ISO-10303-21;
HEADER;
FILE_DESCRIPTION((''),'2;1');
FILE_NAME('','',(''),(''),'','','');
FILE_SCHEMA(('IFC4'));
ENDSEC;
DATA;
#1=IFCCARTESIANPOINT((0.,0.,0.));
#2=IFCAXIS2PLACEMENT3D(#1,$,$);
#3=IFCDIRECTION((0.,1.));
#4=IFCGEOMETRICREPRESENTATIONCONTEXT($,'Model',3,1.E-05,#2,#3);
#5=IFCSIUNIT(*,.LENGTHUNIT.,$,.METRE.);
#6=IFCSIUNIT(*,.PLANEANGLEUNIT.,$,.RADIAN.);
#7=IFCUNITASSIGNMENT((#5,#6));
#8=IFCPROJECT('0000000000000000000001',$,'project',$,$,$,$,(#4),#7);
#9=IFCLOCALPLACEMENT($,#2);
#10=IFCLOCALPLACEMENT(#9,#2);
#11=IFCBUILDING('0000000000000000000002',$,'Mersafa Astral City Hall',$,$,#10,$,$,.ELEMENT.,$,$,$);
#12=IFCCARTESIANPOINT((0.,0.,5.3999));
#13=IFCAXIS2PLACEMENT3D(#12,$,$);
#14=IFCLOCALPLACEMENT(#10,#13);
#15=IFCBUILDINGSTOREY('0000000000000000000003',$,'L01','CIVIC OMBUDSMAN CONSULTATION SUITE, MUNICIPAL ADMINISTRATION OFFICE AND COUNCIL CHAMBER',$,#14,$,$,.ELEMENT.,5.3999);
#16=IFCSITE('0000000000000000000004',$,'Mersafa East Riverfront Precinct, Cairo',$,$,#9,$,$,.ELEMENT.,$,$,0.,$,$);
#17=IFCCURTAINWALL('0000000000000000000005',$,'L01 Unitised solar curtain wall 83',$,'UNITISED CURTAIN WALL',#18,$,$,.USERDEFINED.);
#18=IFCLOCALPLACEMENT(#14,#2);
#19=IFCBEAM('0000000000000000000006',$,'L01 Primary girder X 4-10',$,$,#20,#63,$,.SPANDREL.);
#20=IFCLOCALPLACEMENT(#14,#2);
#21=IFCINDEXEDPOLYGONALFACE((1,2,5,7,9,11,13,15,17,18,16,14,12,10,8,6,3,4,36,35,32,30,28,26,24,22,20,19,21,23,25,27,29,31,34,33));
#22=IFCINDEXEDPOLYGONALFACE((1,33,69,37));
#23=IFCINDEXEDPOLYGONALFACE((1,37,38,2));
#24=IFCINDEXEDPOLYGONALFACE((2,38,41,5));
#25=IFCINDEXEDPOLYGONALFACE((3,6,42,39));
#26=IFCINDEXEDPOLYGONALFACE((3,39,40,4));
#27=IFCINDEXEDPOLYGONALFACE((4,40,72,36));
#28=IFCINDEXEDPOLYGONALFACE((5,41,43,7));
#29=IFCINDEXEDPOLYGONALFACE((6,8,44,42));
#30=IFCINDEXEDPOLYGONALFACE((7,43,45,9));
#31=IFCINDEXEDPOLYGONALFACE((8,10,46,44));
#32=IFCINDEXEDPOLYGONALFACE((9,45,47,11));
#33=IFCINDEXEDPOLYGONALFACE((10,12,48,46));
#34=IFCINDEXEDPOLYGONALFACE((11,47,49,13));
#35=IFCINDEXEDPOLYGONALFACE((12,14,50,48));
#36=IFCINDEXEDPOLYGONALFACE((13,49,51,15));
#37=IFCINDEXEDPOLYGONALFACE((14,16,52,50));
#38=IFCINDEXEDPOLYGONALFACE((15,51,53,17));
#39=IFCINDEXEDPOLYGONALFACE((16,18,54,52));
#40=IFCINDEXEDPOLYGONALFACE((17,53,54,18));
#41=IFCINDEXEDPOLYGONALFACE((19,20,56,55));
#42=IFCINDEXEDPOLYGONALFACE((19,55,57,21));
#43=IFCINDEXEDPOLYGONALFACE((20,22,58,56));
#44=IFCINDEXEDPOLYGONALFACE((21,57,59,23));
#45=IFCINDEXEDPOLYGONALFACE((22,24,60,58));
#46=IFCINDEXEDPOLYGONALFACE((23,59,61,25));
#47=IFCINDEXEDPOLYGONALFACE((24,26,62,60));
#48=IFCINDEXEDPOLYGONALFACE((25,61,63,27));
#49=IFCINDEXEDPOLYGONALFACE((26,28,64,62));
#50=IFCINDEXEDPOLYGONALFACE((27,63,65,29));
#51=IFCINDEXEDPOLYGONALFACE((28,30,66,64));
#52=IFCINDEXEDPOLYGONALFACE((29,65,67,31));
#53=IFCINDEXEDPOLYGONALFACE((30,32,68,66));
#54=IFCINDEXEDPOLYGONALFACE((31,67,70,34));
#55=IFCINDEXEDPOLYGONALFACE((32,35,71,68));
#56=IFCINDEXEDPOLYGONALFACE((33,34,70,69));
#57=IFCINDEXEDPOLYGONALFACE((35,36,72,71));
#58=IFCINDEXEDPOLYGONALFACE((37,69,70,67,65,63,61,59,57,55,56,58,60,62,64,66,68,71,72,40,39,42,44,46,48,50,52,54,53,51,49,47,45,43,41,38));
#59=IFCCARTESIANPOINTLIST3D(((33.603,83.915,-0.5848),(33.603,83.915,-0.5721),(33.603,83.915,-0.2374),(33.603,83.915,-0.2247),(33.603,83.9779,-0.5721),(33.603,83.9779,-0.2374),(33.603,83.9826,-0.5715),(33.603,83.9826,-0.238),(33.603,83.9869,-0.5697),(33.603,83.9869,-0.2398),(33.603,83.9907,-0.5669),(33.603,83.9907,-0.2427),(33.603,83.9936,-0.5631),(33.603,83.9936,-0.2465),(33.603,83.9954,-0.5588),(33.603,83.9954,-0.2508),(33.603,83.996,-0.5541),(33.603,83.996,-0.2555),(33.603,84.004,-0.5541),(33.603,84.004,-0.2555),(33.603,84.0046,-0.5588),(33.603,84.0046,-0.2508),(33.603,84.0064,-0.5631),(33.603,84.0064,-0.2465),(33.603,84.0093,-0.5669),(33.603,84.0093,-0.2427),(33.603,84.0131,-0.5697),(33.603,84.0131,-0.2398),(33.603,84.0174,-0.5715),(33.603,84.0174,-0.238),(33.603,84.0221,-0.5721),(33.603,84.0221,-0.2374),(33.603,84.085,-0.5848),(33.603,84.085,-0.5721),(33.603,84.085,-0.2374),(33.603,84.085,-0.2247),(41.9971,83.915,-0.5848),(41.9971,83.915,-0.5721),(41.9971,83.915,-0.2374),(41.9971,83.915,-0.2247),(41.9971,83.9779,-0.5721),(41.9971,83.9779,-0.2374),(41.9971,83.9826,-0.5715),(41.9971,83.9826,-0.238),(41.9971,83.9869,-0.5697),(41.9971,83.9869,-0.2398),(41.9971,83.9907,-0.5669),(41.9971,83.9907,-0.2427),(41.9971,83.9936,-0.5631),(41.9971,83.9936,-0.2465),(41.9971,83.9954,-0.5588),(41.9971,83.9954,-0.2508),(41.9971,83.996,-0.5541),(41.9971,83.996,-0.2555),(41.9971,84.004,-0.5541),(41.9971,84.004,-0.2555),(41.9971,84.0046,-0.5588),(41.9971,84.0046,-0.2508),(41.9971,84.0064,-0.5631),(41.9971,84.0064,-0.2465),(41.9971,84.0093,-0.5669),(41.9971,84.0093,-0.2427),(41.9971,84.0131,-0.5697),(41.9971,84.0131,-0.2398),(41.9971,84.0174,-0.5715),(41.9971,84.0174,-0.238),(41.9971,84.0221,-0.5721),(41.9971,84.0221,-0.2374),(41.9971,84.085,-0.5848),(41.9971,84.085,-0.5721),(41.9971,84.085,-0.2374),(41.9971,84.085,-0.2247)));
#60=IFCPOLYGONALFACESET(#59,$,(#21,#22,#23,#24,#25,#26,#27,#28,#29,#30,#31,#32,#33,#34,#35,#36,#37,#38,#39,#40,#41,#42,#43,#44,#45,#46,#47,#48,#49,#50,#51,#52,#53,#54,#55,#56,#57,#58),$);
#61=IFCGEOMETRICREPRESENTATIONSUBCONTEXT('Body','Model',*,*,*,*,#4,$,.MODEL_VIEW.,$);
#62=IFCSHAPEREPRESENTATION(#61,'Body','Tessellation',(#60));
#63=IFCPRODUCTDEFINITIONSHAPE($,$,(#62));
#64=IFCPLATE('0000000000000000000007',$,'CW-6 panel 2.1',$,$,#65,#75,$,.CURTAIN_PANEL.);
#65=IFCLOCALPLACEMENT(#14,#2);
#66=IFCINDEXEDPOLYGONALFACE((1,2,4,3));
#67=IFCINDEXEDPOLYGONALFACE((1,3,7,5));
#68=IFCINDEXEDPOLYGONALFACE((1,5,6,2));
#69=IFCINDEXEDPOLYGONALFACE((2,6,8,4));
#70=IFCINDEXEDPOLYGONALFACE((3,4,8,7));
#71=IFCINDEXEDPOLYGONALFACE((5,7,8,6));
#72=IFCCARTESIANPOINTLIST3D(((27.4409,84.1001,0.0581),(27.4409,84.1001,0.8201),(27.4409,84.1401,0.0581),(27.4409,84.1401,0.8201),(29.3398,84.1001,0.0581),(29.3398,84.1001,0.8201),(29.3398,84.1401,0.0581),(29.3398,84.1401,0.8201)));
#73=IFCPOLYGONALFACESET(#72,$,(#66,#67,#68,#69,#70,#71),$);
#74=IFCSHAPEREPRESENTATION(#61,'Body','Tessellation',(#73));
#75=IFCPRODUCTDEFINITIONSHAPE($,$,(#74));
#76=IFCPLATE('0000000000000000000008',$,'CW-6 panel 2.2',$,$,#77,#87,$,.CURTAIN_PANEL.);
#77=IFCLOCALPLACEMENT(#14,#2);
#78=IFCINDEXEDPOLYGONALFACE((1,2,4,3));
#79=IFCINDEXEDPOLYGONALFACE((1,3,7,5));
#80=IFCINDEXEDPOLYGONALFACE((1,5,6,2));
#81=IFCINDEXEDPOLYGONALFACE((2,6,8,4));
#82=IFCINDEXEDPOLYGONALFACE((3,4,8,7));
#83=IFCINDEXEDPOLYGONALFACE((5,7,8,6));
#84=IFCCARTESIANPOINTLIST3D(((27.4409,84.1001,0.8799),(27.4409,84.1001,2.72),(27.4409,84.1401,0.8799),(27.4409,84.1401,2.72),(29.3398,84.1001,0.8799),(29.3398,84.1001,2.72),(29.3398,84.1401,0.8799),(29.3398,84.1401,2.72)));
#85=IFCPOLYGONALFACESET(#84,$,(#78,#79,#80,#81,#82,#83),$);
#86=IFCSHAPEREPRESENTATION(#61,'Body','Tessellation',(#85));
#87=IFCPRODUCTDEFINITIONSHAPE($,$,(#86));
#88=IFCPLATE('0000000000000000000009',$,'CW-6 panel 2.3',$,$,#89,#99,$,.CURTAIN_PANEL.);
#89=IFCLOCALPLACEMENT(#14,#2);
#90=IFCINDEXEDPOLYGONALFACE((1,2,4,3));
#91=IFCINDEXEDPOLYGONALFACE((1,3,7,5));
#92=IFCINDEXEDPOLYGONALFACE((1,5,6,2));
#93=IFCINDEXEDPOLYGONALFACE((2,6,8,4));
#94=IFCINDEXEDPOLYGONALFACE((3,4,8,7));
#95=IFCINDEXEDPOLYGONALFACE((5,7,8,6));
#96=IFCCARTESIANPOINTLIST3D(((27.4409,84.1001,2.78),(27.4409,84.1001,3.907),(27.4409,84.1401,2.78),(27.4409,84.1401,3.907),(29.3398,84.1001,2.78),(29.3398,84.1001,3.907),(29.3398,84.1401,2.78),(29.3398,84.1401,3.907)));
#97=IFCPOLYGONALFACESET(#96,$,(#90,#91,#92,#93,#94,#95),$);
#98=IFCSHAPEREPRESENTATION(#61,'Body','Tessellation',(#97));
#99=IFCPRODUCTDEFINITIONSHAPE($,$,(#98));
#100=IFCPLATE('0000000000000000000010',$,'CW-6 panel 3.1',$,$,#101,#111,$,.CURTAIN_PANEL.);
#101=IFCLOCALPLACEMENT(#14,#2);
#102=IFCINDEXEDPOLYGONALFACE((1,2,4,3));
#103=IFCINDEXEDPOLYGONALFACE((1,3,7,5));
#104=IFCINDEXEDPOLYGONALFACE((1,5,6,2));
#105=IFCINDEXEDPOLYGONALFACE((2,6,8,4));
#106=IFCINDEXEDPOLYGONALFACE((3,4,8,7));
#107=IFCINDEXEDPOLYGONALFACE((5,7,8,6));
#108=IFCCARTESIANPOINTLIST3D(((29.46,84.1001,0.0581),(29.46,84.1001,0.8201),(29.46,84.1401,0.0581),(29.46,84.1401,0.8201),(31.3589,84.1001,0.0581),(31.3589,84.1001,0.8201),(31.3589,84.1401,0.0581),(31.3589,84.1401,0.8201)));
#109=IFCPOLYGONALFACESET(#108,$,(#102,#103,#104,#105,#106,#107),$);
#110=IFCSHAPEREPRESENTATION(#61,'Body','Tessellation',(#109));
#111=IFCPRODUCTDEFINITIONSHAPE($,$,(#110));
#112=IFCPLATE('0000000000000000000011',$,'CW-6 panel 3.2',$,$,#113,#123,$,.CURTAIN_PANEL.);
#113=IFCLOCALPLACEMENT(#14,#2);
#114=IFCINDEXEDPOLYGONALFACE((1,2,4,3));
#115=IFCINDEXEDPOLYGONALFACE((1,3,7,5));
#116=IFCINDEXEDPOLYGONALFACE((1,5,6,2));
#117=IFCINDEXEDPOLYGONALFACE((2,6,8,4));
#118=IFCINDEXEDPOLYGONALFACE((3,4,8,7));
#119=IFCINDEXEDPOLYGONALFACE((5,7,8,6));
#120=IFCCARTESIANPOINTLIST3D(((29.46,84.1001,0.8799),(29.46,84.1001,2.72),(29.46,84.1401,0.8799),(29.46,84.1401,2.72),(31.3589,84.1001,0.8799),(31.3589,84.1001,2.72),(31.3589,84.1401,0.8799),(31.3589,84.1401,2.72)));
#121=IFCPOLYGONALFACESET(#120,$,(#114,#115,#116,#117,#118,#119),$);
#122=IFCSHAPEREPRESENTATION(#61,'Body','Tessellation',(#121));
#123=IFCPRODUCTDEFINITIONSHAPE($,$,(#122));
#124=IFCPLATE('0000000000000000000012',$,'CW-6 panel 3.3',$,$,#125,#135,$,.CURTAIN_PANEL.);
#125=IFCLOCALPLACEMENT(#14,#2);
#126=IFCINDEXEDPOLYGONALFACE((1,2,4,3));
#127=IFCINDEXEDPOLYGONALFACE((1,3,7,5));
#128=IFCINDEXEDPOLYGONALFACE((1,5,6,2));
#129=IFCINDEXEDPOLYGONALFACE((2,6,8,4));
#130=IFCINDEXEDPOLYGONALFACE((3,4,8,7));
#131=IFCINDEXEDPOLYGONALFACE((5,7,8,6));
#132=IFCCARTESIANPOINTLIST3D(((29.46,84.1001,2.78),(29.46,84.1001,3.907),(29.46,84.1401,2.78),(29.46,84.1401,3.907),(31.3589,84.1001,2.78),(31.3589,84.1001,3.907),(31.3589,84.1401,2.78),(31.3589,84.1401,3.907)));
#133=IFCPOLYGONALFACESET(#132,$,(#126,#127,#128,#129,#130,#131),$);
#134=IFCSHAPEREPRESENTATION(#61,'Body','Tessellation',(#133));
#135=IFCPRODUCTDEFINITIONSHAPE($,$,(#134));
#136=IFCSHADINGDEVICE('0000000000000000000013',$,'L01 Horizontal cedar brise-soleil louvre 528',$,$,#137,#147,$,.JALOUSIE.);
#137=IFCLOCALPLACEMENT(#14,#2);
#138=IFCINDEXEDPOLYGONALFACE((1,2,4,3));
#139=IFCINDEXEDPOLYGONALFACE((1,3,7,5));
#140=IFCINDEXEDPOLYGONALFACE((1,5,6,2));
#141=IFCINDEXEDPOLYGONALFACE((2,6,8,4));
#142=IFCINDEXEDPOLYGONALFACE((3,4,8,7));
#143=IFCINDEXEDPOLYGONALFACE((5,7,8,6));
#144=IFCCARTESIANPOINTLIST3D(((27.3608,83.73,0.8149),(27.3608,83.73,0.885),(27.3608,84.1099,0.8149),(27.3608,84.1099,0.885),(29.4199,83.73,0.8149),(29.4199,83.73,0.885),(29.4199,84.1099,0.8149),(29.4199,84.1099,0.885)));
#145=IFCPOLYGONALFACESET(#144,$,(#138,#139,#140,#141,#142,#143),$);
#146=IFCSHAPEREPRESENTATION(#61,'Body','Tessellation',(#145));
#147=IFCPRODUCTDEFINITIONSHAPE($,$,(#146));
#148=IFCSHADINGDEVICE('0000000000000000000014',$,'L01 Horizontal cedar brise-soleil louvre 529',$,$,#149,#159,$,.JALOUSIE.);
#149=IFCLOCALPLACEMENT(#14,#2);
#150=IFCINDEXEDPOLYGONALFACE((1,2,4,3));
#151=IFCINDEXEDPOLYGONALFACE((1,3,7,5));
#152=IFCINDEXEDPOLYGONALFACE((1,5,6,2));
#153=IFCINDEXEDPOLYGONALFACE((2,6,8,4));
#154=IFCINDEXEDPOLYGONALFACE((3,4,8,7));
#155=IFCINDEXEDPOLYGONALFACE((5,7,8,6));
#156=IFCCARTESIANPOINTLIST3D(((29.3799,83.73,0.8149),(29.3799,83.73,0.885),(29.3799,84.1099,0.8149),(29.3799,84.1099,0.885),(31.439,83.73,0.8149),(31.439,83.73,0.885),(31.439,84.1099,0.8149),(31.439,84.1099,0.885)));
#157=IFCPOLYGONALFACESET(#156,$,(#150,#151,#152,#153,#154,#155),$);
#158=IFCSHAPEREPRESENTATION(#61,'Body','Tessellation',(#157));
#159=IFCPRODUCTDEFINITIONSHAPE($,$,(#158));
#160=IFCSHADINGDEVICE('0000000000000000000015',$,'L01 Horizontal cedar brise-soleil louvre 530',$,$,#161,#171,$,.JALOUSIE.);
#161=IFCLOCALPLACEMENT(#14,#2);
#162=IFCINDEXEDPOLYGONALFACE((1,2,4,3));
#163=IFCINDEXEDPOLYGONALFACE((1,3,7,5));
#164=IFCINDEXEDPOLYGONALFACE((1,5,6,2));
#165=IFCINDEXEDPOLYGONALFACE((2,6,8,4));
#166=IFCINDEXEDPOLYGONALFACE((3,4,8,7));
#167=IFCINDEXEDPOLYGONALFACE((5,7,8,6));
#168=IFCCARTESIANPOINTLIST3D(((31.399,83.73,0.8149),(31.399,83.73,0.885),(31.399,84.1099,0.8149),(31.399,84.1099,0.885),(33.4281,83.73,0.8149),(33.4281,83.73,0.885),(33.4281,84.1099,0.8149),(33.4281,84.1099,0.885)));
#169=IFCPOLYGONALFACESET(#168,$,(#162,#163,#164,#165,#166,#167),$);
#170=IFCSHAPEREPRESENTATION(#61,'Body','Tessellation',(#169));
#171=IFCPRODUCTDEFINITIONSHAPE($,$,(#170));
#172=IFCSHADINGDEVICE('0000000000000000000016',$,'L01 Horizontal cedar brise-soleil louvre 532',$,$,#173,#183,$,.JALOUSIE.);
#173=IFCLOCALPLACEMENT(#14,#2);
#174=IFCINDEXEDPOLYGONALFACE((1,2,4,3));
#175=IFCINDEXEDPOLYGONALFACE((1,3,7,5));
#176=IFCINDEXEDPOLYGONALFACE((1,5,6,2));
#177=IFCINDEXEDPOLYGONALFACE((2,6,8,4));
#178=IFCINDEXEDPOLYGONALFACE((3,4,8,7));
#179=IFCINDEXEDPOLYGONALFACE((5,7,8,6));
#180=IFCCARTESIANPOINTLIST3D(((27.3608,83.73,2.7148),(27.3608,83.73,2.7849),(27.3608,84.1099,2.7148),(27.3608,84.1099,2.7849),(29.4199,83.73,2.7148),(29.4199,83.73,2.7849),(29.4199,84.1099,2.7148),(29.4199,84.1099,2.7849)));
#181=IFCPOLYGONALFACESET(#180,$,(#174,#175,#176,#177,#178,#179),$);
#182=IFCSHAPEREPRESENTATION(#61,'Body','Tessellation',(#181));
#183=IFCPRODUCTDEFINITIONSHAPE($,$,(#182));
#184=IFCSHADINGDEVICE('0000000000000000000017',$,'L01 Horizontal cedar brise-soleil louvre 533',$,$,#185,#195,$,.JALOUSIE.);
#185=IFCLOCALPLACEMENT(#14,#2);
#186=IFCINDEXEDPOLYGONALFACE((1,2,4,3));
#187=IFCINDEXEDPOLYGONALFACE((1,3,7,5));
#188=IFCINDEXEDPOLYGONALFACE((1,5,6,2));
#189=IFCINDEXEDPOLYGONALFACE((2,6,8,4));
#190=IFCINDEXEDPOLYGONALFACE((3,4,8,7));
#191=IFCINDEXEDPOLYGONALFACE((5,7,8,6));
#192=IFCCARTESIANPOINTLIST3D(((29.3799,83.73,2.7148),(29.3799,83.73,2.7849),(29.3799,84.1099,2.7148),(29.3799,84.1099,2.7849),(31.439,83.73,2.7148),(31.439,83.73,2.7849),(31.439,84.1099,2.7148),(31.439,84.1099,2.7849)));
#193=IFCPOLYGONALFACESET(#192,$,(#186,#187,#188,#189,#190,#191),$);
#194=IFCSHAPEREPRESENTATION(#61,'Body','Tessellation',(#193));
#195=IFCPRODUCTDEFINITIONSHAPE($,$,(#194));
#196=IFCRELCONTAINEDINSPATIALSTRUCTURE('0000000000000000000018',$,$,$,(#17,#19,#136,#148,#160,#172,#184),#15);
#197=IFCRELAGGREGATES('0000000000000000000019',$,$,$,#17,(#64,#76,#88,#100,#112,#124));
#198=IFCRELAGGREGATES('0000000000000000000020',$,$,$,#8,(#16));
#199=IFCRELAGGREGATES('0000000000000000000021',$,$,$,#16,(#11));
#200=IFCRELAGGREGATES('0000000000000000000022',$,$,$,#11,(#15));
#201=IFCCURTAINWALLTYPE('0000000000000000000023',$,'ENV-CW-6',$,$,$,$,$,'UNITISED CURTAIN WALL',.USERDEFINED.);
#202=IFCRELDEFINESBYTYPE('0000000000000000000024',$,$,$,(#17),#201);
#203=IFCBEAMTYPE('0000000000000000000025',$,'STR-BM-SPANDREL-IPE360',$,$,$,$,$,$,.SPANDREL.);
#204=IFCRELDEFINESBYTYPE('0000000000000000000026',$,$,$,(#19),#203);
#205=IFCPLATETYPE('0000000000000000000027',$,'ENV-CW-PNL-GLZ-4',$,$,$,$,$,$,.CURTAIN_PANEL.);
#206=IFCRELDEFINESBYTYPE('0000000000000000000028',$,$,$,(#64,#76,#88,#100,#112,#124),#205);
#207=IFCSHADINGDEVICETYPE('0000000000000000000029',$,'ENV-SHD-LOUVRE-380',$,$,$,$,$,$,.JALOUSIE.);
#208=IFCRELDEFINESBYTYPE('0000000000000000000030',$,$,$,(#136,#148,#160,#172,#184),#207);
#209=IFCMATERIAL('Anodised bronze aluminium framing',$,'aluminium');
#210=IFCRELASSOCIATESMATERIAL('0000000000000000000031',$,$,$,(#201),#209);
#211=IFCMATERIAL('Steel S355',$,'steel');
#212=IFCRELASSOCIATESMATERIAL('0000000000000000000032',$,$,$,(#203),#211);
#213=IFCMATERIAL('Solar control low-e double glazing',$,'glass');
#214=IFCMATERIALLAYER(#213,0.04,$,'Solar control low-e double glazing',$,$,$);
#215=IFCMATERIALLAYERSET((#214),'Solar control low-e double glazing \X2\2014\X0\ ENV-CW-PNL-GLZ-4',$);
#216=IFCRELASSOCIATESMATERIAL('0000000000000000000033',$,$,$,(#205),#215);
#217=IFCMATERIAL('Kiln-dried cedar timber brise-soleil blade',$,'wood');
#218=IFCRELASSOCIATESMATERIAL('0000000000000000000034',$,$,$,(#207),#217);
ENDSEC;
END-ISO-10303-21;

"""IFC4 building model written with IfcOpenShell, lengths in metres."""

from ifc_helpers import new_model, si_unit, direction, frame, origin, origin_2d, place, context, subcontext, project, spatial, rectangle, i_section, extrude, material, layer, layer_set, material_profile, profile_set, type_object, element, aggregate, save


model = new_model("IFC4")

# Units and contexts
model_context = context("Model", 3, precision=1e-05, world=origin(), true_north=direction((0.0, 1.0)))
body_context = subcontext(model_context, "Body", "Model", "MODEL_VIEW")
ifc_project = project(units=[si_unit("LENGTHUNIT", "METRE"), si_unit("PLANEANGLEUNIT", "RADIAN")], contexts=[model_context])

# Site, building, storey
site_placement = place(None, origin())
site = spatial("IfcSite", under=ifc_project, at=site_placement, Name="Mersafa East Riverfront Precinct, Cairo", CompositionType="ELEMENT", RefElevation=0.0)
building_placement = place(site_placement, origin())
building = spatial("IfcBuilding", under=site, at=building_placement, Name="Mersafa Astral City Hall", CompositionType="ELEMENT")
storey_placement = place(building_placement, frame((0.0, 0.0, 5.3999)))
storey = spatial("IfcBuildingStorey", under=building, at=storey_placement, Name="L01", Description="CIVIC OMBUDSMAN CONSULTATION SUITE, MUNICIPAL ADMINISTRATION OFFICE AND COUNCIL CHAMBER", CompositionType="ELEMENT", Elevation=5.3999)

# Shared definitions
ifc_material_1 = material(Name="Steel S355", Category="steel")

# Curtain wall
ifc_material_2 = material(Name="Anodised bronze aluminium framing", Category="aluminium")
curtain_wall_type = type_object("IfcCurtainWallType", Name="ENV-CW-6", ElementType="UNITISED CURTAIN WALL", PredefinedType="USERDEFINED", material=ifc_material_2)
curtain_wall_placement = place(storey_placement, origin())
curtain_wall = element("IfcCurtainWall", 1, at=curtain_wall_placement, inside=storey, type_object=curtain_wall_type, Name="L01 Unitised solar curtain wall 83", ObjectType="UNITISED CURTAIN WALL", PredefinedType="USERDEFINED")

# Beam
ifc_material_profile_1 = material_profile(ifc_material_1, i_section(OverallWidth=0.1699, OverallDepth=0.3601, WebThickness=0.0081, FlangeThickness=0.0127, FilletRadius=0.0181, at=origin_2d()), Name="IPE 360")
ifc_profile_set_1 = profile_set([ifc_material_profile_1], Name="Steel S355")
beam_type_1 = type_object("IfcBeamType", Name="STR-BM-SPANDREL-IPE360", PredefinedType="SPANDREL", material=ifc_profile_set_1)
beam_placement = place(storey_placement, frame((33.603, 84.0, -0.4048), z_axis=(1.0, 0.0, 0.0), x_axis=(0.0, 1.0, 0.0)))
element("IfcBeam", 2, at=beam_placement, inside=storey, type_object=beam_type_1, Name="L01 Primary girder X 4-10", PredefinedType="SPANDREL", context=body_context, shape_type="SweptSolid", body=[
    extrude(i_section(OverallWidth=0.1699, OverallDepth=0.3601, WebThickness=0.0081, FlangeThickness=0.0127, FilletRadius=0.0181, at=origin_2d()), origin(), (0.0, 0.0, 1.0), 8.394),
])

# Plates
ifc_material_3 = material(Name="Solar control low-e double glazing", Category="glass")
ifc_layer = layer(ifc_material_3, 0.04, Name="Solar control low-e double glazing")
ifc_layer_set = layer_set([ifc_layer], Name="Solar control low-e double glazing — ENV-CW-PNL-GLZ-4")
plate_type = type_object("IfcPlateType", Name="ENV-CW-PNL-GLZ-4", PredefinedType="CURTAIN_PANEL", material=ifc_layer_set)
plate_1_placement = place(storey_placement, frame((28.3904, 84.1201, 0.0581), z_axis=(0.0, 0.0, 1.0), x_axis=(1.0, 0.0, 0.0)))
plate_1 = element("IfcPlate", 3, at=plate_1_placement, type_object=plate_type, Name="CW-6 panel 2.1", PredefinedType="CURTAIN_PANEL", context=body_context, shape_type="SweptSolid", body=[
    extrude(rectangle(XDim=1.8989, YDim=0.04, at=origin_2d()), origin(), (0.0, 0.0, 1.0), 0.762),
])
plate_2_placement = place(storey_placement, frame((28.3904, 84.1201, 0.8799), z_axis=(0.0, 0.0, 1.0), x_axis=(1.0, 0.0, 0.0)))
plate_2 = element("IfcPlate", 4, at=plate_2_placement, type_object=plate_type, Name="CW-6 panel 2.2", PredefinedType="CURTAIN_PANEL", context=body_context, shape_type="SweptSolid", body=[
    extrude(rectangle(XDim=1.8989, YDim=0.04, at=origin_2d()), origin(), (0.0, 0.0, 1.0), 1.8401),
])
plate_3_placement = place(storey_placement, frame((28.3904, 84.1201, 2.78), z_axis=(0.0, 0.0, 1.0), x_axis=(1.0, 0.0, 0.0)))
plate_3 = element("IfcPlate", 5, at=plate_3_placement, type_object=plate_type, Name="CW-6 panel 2.3", PredefinedType="CURTAIN_PANEL", context=body_context, shape_type="SweptSolid", body=[
    extrude(rectangle(XDim=1.8989, YDim=0.04, at=origin_2d()), origin(), (0.0, 0.0, 1.0), 1.127),
])
plate_4_placement = place(storey_placement, frame((30.4094, 84.1201, 0.0581), z_axis=(0.0, 0.0, 1.0), x_axis=(1.0, 0.0, 0.0)))
plate_4 = element("IfcPlate", 6, at=plate_4_placement, type_object=plate_type, Name="CW-6 panel 3.1", PredefinedType="CURTAIN_PANEL", context=body_context, shape_type="SweptSolid", body=[
    extrude(rectangle(XDim=1.8989, YDim=0.04, at=origin_2d()), origin(), (0.0, 0.0, 1.0), 0.762),
])
plate_5_placement = place(storey_placement, frame((30.4094, 84.1201, 0.8799), z_axis=(0.0, 0.0, 1.0), x_axis=(1.0, 0.0, 0.0)))
plate_5 = element("IfcPlate", 7, at=plate_5_placement, type_object=plate_type, Name="CW-6 panel 3.2", PredefinedType="CURTAIN_PANEL", context=body_context, shape_type="SweptSolid", body=[
    extrude(rectangle(XDim=1.8989, YDim=0.04, at=origin_2d()), origin(), (0.0, 0.0, 1.0), 1.8401),
])
plate_6_placement = place(storey_placement, frame((30.4094, 84.1201, 2.78), z_axis=(0.0, 0.0, 1.0), x_axis=(1.0, 0.0, 0.0)))
plate_6 = element("IfcPlate", 8, at=plate_6_placement, type_object=plate_type, Name="CW-6 panel 3.3", PredefinedType="CURTAIN_PANEL", context=body_context, shape_type="SweptSolid", body=[
    extrude(rectangle(XDim=1.8989, YDim=0.04, at=origin_2d()), origin(), (0.0, 0.0, 1.0), 1.127),
])
aggregate(curtain_wall, [plate_1, plate_2, plate_3, plate_4, plate_5, plate_6])

# Shading devices
ifc_material_4 = material(Name="Kiln-dried cedar timber brise-soleil blade", Category="wood")
shading_device_type = type_object("IfcShadingDeviceType", Name="ENV-SHD-LOUVRE-380", PredefinedType="JALOUSIE", material=ifc_material_4)
for number, where, z_axis, x_axis, name in (
    (9, (28.3904, 83.9199, 0.8149), (0.0, 0.0, 1.0), (1.0, 0.0, 0.0), "L01 Horizontal cedar brise-soleil louvre 528"),
    (10, (30.4094, 83.9199, 0.8149), (0.0, 0.0, 1.0), (1.0, 0.0, 0.0), "L01 Horizontal cedar brise-soleil louvre 529"),
):
    element("IfcShadingDevice", number, at=place(storey_placement, frame(where, z_axis=z_axis, x_axis=x_axis)), inside=storey, type_object=shading_device_type, Name=name, PredefinedType="JALOUSIE", context=body_context, shape_type="SweptSolid", body=[
        extrude(rectangle(XDim=2.0591, YDim=0.3799, at=origin_2d()), origin(), (0.0, 0.0, 1.0), 0.0701),
    ])
shading_device_1_placement = place(storey_placement, frame((32.4136, 83.9199, 0.8149), z_axis=(0.0, 0.0, 1.0), x_axis=(1.0, 0.0, 0.0)))
element("IfcShadingDevice", 11, at=shading_device_1_placement, inside=storey, type_object=shading_device_type, Name="L01 Horizontal cedar brise-soleil louvre 530", PredefinedType="JALOUSIE", context=body_context, shape_type="SweptSolid", body=[
    extrude(rectangle(XDim=2.0291, YDim=0.3799, at=origin_2d()), origin(), (0.0, 0.0, 1.0), 0.0701),
])
for number, where, z_axis, x_axis, name in (
    (12, (28.3904, 83.9199, 2.7148), (0.0, 0.0, 1.0), (1.0, 0.0, 0.0), "L01 Horizontal cedar brise-soleil louvre 532"),
    (13, (30.4094, 83.9199, 2.7148), (0.0, 0.0, 1.0), (1.0, 0.0, 0.0), "L01 Horizontal cedar brise-soleil louvre 533"),
):
    element("IfcShadingDevice", number, at=place(storey_placement, frame(where, z_axis=z_axis, x_axis=x_axis)), inside=storey, type_object=shading_device_type, Name=name, PredefinedType="JALOUSIE", context=body_context, shape_type="SweptSolid", body=[
        extrude(rectangle(XDim=2.0591, YDim=0.3799, at=origin_2d()), origin(), (0.0, 0.0, 1.0), 0.0701),
    ])

save(model, "model.ifc")
